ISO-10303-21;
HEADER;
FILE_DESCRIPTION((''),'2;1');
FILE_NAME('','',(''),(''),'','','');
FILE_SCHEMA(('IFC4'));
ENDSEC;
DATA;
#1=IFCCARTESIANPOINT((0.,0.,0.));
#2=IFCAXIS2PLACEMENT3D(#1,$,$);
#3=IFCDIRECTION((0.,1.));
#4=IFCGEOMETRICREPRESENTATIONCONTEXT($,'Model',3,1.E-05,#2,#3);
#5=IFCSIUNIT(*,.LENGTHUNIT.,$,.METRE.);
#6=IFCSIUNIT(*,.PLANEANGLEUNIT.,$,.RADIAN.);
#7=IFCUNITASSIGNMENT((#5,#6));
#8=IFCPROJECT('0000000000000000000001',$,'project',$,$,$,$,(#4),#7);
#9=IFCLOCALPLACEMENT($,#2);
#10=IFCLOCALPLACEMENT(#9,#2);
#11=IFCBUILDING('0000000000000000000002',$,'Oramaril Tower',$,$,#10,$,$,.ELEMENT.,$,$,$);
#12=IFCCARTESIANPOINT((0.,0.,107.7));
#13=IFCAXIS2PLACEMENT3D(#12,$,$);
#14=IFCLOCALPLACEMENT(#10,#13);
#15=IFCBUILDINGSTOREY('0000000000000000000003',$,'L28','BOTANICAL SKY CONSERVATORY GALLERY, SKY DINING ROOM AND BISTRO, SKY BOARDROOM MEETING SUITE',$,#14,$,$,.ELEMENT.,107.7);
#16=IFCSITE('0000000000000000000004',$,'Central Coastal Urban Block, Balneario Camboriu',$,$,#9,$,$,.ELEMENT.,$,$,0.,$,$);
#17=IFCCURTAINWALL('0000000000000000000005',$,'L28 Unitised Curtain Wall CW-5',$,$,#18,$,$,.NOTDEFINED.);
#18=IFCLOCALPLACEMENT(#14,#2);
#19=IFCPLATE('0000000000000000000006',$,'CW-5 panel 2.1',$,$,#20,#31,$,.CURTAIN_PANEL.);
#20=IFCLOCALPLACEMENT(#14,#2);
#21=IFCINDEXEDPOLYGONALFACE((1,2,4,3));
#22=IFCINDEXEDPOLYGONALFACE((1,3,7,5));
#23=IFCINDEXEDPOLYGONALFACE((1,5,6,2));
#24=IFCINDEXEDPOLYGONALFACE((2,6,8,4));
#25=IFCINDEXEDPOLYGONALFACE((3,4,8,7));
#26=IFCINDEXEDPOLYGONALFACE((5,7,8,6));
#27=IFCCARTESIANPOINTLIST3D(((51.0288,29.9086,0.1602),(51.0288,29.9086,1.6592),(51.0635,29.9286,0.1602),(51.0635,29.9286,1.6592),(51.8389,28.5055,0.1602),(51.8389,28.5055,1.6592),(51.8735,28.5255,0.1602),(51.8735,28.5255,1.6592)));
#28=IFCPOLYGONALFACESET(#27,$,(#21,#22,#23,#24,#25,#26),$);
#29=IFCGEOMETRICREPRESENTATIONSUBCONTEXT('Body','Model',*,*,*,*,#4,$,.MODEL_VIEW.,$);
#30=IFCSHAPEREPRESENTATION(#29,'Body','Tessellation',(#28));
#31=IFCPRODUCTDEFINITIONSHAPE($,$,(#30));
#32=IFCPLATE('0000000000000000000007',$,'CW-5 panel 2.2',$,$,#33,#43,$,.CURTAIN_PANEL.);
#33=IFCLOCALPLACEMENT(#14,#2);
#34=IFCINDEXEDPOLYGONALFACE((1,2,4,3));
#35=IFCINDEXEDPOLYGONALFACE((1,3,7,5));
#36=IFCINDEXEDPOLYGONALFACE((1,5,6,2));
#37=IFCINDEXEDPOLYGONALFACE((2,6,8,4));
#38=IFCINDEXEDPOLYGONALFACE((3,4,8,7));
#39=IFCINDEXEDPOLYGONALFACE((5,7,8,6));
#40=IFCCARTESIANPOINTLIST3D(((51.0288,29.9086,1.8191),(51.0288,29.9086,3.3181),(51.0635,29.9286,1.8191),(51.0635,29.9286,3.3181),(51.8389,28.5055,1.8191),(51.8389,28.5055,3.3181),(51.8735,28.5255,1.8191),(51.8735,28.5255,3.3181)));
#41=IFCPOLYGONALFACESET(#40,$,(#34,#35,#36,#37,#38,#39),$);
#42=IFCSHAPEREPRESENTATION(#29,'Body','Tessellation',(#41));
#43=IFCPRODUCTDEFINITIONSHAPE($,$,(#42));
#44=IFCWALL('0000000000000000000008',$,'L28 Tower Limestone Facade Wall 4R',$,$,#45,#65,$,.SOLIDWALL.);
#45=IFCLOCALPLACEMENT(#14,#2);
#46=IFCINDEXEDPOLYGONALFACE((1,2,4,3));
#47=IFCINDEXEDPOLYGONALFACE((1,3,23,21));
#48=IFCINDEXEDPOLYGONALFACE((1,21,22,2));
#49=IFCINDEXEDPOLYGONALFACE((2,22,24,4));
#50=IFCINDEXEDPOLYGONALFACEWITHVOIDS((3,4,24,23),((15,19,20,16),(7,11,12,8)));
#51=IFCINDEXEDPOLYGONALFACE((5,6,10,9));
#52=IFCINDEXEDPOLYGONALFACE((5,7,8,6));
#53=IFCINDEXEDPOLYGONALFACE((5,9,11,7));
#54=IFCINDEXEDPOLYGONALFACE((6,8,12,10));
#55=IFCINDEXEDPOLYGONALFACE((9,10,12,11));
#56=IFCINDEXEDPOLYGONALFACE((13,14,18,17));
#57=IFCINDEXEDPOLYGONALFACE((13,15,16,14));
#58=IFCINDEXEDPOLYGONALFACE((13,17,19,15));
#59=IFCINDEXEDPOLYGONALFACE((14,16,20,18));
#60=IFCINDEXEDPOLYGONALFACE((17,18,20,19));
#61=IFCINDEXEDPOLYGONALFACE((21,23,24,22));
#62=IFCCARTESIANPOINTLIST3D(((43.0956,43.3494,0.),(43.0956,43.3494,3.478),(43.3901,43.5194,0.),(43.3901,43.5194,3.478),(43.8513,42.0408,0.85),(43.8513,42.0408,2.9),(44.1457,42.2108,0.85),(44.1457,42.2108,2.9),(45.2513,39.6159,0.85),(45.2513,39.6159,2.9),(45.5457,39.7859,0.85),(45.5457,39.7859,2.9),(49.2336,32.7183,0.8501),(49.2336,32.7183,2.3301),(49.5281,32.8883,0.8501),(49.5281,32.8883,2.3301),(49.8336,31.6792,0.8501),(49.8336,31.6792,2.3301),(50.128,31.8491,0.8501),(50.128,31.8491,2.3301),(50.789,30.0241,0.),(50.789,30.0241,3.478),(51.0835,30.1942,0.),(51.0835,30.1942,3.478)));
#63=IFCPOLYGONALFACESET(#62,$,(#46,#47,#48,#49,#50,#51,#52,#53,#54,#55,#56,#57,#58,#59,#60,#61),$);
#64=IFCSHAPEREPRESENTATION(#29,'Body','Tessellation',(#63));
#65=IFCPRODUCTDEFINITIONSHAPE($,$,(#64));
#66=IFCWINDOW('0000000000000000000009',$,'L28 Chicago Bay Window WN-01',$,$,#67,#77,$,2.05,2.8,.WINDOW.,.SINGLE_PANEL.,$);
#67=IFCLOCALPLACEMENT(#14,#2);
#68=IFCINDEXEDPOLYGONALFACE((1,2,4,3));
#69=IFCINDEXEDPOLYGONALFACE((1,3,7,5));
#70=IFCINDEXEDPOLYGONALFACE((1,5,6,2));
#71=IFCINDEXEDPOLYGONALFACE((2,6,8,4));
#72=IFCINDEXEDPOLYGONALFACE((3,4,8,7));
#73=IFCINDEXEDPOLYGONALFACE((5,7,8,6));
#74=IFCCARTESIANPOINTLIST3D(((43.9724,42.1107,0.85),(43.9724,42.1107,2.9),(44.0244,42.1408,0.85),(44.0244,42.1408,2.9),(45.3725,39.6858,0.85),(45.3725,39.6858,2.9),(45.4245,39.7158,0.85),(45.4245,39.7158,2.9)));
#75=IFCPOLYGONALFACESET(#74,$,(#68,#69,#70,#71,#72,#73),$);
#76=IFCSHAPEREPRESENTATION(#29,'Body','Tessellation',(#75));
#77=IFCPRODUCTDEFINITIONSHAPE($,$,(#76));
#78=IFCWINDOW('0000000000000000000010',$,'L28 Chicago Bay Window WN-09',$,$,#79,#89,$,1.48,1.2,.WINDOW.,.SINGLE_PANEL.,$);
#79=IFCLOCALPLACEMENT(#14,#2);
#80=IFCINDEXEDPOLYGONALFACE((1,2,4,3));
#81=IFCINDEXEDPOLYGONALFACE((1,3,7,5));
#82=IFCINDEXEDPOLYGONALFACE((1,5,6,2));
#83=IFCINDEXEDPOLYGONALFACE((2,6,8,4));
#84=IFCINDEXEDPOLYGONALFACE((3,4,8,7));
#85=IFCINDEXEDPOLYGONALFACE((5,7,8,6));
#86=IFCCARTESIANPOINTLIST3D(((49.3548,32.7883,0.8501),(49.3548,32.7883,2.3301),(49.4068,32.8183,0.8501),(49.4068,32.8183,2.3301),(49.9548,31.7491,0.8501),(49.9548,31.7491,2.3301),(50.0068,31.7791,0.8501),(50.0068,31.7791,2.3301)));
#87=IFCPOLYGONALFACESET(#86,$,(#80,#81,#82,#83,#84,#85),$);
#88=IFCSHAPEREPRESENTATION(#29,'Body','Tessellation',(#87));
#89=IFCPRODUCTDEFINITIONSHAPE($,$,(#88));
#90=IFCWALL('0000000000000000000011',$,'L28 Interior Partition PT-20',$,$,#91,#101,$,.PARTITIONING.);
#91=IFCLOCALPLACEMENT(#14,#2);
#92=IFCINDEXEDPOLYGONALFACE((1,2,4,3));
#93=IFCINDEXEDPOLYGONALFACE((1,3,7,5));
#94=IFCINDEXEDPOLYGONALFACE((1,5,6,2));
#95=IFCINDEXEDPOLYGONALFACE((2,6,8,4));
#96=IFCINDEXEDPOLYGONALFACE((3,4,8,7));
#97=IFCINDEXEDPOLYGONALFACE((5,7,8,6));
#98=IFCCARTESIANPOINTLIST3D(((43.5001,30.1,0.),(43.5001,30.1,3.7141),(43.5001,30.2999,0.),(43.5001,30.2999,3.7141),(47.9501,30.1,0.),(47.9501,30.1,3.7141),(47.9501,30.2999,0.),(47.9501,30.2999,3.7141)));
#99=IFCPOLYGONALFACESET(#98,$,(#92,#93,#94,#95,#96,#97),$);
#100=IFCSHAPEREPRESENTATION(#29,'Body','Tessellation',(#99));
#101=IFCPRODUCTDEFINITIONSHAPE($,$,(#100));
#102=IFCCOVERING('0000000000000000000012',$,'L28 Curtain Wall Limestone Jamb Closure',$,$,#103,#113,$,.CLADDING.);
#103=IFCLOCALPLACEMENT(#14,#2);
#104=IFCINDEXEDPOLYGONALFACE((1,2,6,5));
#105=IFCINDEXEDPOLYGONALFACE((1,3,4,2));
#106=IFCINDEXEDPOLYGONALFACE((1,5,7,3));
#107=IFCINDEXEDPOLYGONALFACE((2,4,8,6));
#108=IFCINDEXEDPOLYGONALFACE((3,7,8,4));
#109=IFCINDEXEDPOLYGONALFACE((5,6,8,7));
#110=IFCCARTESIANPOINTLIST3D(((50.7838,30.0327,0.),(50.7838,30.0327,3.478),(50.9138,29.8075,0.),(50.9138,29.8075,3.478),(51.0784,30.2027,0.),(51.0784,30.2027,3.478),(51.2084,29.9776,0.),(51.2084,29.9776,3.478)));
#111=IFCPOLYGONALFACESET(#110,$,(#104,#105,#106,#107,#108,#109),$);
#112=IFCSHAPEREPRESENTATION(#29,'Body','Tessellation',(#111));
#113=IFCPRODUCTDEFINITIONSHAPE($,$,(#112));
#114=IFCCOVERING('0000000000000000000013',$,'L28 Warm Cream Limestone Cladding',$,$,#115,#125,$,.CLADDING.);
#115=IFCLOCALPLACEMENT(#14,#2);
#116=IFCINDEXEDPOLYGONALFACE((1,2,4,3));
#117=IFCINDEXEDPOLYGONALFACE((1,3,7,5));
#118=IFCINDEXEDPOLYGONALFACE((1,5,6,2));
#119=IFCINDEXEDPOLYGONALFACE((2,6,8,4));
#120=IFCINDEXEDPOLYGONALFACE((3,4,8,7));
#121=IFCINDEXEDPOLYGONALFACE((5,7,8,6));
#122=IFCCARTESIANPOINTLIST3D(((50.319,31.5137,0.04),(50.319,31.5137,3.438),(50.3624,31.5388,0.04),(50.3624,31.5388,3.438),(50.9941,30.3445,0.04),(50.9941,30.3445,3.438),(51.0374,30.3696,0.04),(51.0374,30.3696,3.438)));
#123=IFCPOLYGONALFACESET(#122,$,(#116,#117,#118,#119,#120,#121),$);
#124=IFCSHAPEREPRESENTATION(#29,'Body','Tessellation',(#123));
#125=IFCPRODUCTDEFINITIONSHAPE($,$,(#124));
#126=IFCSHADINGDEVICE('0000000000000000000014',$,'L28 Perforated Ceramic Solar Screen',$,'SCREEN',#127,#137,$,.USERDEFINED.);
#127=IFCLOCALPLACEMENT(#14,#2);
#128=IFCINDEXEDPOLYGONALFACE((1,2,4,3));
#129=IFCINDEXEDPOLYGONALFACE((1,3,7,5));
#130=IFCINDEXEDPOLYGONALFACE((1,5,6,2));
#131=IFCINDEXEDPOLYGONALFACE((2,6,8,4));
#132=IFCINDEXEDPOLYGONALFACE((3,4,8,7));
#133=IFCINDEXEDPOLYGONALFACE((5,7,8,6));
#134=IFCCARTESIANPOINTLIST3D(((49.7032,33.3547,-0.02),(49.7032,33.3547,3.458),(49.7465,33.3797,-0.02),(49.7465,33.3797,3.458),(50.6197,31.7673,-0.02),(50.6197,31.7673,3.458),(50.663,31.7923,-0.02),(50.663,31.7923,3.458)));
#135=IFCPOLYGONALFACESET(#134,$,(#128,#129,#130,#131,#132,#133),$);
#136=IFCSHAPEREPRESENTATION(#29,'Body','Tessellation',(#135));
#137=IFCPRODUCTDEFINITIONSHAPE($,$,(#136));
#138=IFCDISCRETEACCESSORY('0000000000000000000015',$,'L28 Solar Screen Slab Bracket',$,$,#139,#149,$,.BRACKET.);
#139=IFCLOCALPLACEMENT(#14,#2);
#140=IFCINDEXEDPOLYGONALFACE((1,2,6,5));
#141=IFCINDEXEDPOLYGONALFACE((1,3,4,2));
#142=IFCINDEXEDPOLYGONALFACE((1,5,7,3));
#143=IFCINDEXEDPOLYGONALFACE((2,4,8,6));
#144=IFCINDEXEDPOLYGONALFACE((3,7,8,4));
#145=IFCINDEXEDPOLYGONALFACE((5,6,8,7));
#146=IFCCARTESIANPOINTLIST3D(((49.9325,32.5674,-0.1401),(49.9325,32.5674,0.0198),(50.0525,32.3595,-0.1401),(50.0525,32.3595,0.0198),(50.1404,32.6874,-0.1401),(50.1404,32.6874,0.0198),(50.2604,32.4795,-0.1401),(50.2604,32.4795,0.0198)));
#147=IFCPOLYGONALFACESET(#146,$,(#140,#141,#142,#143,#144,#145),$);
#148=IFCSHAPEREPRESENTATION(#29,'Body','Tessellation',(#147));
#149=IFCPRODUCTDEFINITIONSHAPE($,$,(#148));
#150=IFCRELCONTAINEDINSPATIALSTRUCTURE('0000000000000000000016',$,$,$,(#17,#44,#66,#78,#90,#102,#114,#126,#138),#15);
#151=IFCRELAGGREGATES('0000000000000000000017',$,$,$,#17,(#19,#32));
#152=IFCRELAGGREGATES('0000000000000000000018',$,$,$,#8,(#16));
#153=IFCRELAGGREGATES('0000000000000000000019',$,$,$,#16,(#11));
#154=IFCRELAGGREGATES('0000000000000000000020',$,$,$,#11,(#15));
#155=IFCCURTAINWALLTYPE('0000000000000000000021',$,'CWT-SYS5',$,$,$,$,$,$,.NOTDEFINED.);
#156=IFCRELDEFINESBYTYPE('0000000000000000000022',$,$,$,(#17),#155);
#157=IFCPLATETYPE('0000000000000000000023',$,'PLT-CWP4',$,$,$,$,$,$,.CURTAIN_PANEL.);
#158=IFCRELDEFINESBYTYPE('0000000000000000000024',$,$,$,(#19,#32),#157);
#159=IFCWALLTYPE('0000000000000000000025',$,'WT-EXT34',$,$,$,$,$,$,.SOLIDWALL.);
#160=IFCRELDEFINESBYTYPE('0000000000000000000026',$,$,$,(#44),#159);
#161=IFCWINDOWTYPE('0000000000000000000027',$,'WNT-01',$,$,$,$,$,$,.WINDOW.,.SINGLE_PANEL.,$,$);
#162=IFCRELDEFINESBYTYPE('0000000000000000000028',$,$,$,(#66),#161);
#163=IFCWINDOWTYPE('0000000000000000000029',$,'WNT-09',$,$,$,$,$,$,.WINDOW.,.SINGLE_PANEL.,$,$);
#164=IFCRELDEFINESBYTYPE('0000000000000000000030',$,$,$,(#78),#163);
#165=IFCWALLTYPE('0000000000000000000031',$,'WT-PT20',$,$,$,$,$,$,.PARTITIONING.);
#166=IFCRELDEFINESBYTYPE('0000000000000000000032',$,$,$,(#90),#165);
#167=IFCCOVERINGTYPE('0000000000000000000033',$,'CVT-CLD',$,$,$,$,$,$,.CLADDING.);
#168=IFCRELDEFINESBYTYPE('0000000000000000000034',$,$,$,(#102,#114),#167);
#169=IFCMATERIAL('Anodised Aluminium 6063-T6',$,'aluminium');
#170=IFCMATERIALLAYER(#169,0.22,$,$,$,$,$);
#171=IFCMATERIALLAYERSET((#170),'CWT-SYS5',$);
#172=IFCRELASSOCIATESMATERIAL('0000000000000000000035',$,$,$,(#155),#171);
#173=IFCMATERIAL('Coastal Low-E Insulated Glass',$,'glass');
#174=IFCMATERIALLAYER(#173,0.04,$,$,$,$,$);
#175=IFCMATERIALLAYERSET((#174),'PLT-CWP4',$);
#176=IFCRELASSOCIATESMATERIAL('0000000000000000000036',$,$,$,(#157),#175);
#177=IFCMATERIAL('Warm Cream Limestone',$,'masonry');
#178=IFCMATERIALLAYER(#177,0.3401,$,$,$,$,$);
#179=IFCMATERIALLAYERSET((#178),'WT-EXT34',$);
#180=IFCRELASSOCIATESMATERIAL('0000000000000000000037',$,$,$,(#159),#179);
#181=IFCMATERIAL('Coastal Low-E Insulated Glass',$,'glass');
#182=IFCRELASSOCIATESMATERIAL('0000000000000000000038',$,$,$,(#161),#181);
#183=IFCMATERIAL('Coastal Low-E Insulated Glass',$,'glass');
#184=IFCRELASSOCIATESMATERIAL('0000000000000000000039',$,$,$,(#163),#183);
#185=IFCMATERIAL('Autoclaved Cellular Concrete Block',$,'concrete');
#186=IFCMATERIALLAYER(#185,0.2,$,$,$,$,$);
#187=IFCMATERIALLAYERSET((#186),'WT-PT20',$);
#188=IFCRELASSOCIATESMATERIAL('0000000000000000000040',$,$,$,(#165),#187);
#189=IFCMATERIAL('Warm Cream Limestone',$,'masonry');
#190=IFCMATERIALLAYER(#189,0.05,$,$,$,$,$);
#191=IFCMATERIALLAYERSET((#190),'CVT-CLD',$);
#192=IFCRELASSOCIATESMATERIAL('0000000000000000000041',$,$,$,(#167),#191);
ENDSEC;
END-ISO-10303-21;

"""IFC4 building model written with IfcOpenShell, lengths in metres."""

from ifc_helpers import new_model, si_unit, direction, frame, frame_2d, origin, origin_2d, place, context, subcontext, project, spatial, rectangle, extrude, material, layer, layer_set, type_object, element, fill, aggregate, save


model = new_model("IFC4")

# Units and contexts
model_context = context("Model", 3, precision=1e-05, world=origin(), true_north=direction((0.0, 1.0)))
body_context = subcontext(model_context, "Body", "Model", "MODEL_VIEW")
ifc_project = project(units=[si_unit("LENGTHUNIT", "METRE"), si_unit("PLANEANGLEUNIT", "RADIAN")], contexts=[model_context])

# Site, building, storey
site_placement = place(None, origin())
site = spatial("IfcSite", under=ifc_project, at=site_placement, Name="Central Coastal Urban Block, Balneario Camboriu", CompositionType="ELEMENT", RefElevation=0.0)
building_placement = place(site_placement, origin())
building = spatial("IfcBuilding", under=site, at=building_placement, Name="Oramaril Tower", CompositionType="ELEMENT")
storey_placement = place(building_placement, frame((0.0, 0.0, 107.7)))
storey = spatial("IfcBuildingStorey", under=building, at=storey_placement, Name="L28", Description="BOTANICAL SKY CONSERVATORY GALLERY, SKY DINING ROOM AND BISTRO, SKY BOARDROOM MEETING SUITE", CompositionType="ELEMENT", Elevation=107.7)

# Curtain wall, plates
ifc_material_1 = material(Name="Anodised Aluminium 6063-T6", Category="aluminium")
ifc_layer_1 = layer(ifc_material_1, 0.22)
ifc_layer_set_1 = layer_set([ifc_layer_1], Name="CWT-SYS5")
curtain_wall_type = type_object("IfcCurtainWallType", Name="CWT-SYS5", PredefinedType="NOTDEFINED", material=ifc_layer_set_1)
curtain_wall_placement = place(storey_placement, origin())
curtain_wall = element("IfcCurtainWall", 1, at=curtain_wall_placement, inside=storey, type_object=curtain_wall_type, Name="L28 Unitised Curtain Wall CW-5", PredefinedType="NOTDEFINED")
ifc_material_2 = material(Name="Coastal Low-E Insulated Glass", Category="glass")
ifc_layer_2 = layer(ifc_material_2, 0.04)
ifc_layer_set_2 = layer_set([ifc_layer_2], Name="PLT-CWP4")
plate_type = type_object("IfcPlateType", Name="PLT-CWP4", PredefinedType="CURTAIN_PANEL", material=ifc_layer_set_2)
plate_1_placement = place(storey_placement, frame((51.4512, 29.217, 0.1602), z_axis=(0.0, 0.0, 1.0), x_axis=(-0.5, 0.866025, 0.0)))
plate_1 = element("IfcPlate", 2, at=plate_1_placement, type_object=plate_type, Name="CW-5 panel 2.1", PredefinedType="CURTAIN_PANEL", context=body_context, shape_type="SweptSolid", body=[
    extrude(rectangle(XDim=1.6201, YDim=0.04, at=origin_2d()), origin(), (0.0, 0.0, 1.0), 1.499),
])
plate_2_placement = place(storey_placement, frame((51.4512, 29.217, 1.8191), z_axis=(0.0, 0.0, 1.0), x_axis=(-0.5, 0.866025, 0.0)))
plate_2 = element("IfcPlate", 3, at=plate_2_placement, type_object=plate_type, Name="CW-5 panel 2.2", PredefinedType="CURTAIN_PANEL", context=body_context, shape_type="SweptSolid", body=[
    extrude(rectangle(XDim=1.6201, YDim=0.04, at=origin_2d()), origin(), (0.0, 0.0, 1.0), 1.499),
])
aggregate(curtain_wall, [plate_1, plate_2])

# Wall, openings, windows
ifc_material_3 = material(Name="Warm Cream Limestone", Category="masonry")
ifc_layer_3 = layer(ifc_material_3, 0.3401)
ifc_layer_set_3 = layer_set([ifc_layer_3], Name="WT-EXT34")
wall_type_1 = type_object("IfcWallType", Name="WT-EXT34", PredefinedType="SOLIDWALL", material=ifc_layer_set_3)
wall_1_placement = place(storey_placement, frame((50.9363, 30.1091, 0.0), z_axis=(0.0, 0.0, 1.0), x_axis=(-0.500003, 0.866024, 0.0)))
wall_1 = element("IfcWall", 4, at=wall_1_placement, inside=storey, type_object=wall_type_1, Name="L28 Tower Limestone Facade Wall 4R", PredefinedType="SOLIDWALL", context=body_context, shape_type="SweptSolid", body=[
    extrude(rectangle(XDim=15.3867, YDim=0.3401, at=frame_2d((7.6934, 0.0))), origin(), (0.0, 0.0, 1.0), 3.478),
])
opening_1_placement = place(wall_1_placement, frame((1.9109, 0.0, 0.8501)))
opening_1 = element("IfcOpeningElement", 5, at=opening_1_placement, cuts=wall_1, PredefinedType="OPENING", context=body_context, shape_type="SweptSolid", body=[
    extrude(rectangle(XDim=1.2, YDim=1.48, at=frame_2d((0.6001, 0.74))), frame((0.0, 0.1699, 0.0), z_axis=(0.0, -1.0, 0.0), x_axis=(1.0, 0.0, 0.0)), (0.0, 0.0, 1.0), 0.3401),
])
opening_2_placement = place(wall_1_placement, frame((11.0757, 0.0, 0.8501)))
opening_2 = element("IfcOpeningElement", 6, at=opening_2_placement, cuts=wall_1, PredefinedType="OPENING", context=body_context, shape_type="SweptSolid", body=[
    extrude(rectangle(XDim=2.8, YDim=2.05, at=frame_2d((1.3999, 1.0249))), frame((0.0, 0.1699, 0.0), z_axis=(0.0, -1.0, 0.0), x_axis=(1.0, 0.0, 0.0)), (0.0, 0.0, 1.0), 0.3401),
])
ifc_material_4 = material(Name="Coastal Low-E Insulated Glass", Category="glass")
window_type_1 = type_object("IfcWindowType", Name="WNT-01", PartitioningType="SINGLE_PANEL", PredefinedType="WINDOW", material=ifc_material_4)
window_1_placement = place(opening_2_placement, origin())
window_1 = element("IfcWindow", 7, at=window_1_placement, inside=storey, type_object=window_type_1, Name="L28 Chicago Bay Window WN-01", OverallHeight=2.05, OverallWidth=2.8, PartitioningType="SINGLE_PANEL", PredefinedType="WINDOW", context=body_context, shape_type="SweptSolid", body=[
    extrude(rectangle(XDim=2.8, YDim=2.05, at=frame_2d((1.3999, 1.0249))), frame((0.0, 0.03, 0.0), z_axis=(0.0, -1.0, 0.0), x_axis=(1.0, 0.0, 0.0)), (0.0, 0.0, 1.0), 0.0601),
])
fill(opening_2, window_1)
ifc_material_5 = material(Name="Coastal Low-E Insulated Glass", Category="glass")
window_type_2 = type_object("IfcWindowType", Name="WNT-09", PartitioningType="SINGLE_PANEL", PredefinedType="WINDOW", material=ifc_material_5)
window_2_placement = place(opening_1_placement, origin())
window_2 = element("IfcWindow", 8, at=window_2_placement, inside=storey, type_object=window_type_2, Name="L28 Chicago Bay Window WN-09", OverallHeight=1.48, OverallWidth=1.2, PartitioningType="SINGLE_PANEL", PredefinedType="WINDOW", context=body_context, shape_type="SweptSolid", body=[
    extrude(rectangle(XDim=1.2, YDim=1.48, at=frame_2d((0.6001, 0.74))), frame((0.0, 0.03, 0.0), z_axis=(0.0, -1.0, 0.0), x_axis=(1.0, 0.0, 0.0)), (0.0, 0.0, 1.0), 0.0601),
])
fill(opening_1, window_2)

# Wall
ifc_material_6 = material(Name="Autoclaved Cellular Concrete Block", Category="concrete")
ifc_layer_4 = layer(ifc_material_6, 0.2)
ifc_layer_set_4 = layer_set([ifc_layer_4], Name="WT-PT20")
wall_type_2 = type_object("IfcWallType", Name="WT-PT20", PredefinedType="PARTITIONING", material=ifc_layer_set_4)
wall_2_placement = place(storey_placement, frame((43.5, 30.2, 0.0), z_axis=(0.0, 0.0, 1.0), x_axis=(1.0, 0.0, 0.0)))
element("IfcWall", 9, at=wall_2_placement, inside=storey, type_object=wall_type_2, Name="L28 Interior Partition PT-20", PredefinedType="PARTITIONING", context=body_context, shape_type="SweptSolid", body=[
    extrude(rectangle(XDim=4.45, YDim=0.2, at=frame_2d((2.2251, 0.0))), origin(), (0.0, 0.0, 1.0), 3.7141),
])

# Coverings
ifc_material_7 = material(Name="Warm Cream Limestone", Category="masonry")
ifc_layer_5 = layer(ifc_material_7, 0.05)
ifc_layer_set_5 = layer_set([ifc_layer_5], Name="CVT-CLD")
covering_type = type_object("IfcCoveringType", Name="CVT-CLD", PredefinedType="CLADDING", material=ifc_layer_set_5)
covering_1_placement = place(storey_placement, frame((50.9961, 30.0051, 0.0), z_axis=(0.0, 0.0, 1.0), x_axis=(-0.5, 0.866025, 0.0)))
element("IfcCovering", 10, at=covering_1_placement, inside=storey, type_object=covering_type, Name="L28 Curtain Wall Limestone Jamb Closure", PredefinedType="CLADDING", context=body_context, shape_type="SweptSolid", body=[
    extrude(rectangle(XDim=0.26, YDim=0.3401, at=origin_2d()), origin(), (0.0, 0.0, 1.0), 3.478),
])
covering_2_placement = place(storey_placement, frame((50.6782, 30.9417, 0.04), z_axis=(0.0, 0.0, 1.0), x_axis=(-0.499998, 0.866026, 0.0)))
element("IfcCovering", 11, at=covering_2_placement, inside=storey, type_object=covering_type, Name="L28 Warm Cream Limestone Cladding", PredefinedType="CLADDING", context=body_context, shape_type="SweptSolid", body=[
    extrude(rectangle(XDim=1.3501, YDim=0.05, at=origin_2d()), origin(), (0.0, 0.0, 1.0), 3.3979),
])

# Shading device
shading_device_placement = place(storey_placement, frame((50.1831, 32.5735, -0.02), z_axis=(0.0, 0.0, 1.0), x_axis=(-0.5, 0.866025, 0.0)))
element("IfcShadingDevice", 12, at=shading_device_placement, inside=storey, Name="L28 Perforated Ceramic Solar Screen", ObjectType="SCREEN", PredefinedType="USERDEFINED", context=body_context, shape_type="SweptSolid", body=[
    extrude(rectangle(XDim=1.833, YDim=0.05, at=origin_2d()), origin(), (0.0, 0.0, 1.0), 3.478),
])

# Discrete accessory
discrete_accessory_placement = place(storey_placement, frame((50.0964, 32.5234, -0.1401), z_axis=(0.0, 0.0, 1.0), x_axis=(-0.5, 0.866025, 0.0)))
element("IfcDiscreteAccessory", 13, at=discrete_accessory_placement, inside=storey, Name="L28 Solar Screen Slab Bracket", PredefinedType="BRACKET", context=body_context, shape_type="SweptSolid", body=[
    extrude(rectangle(XDim=0.24, YDim=0.24, at=origin_2d()), origin(), (0.0, 0.0, 1.0), 0.1599),
])

save(model, "model.ifc")
